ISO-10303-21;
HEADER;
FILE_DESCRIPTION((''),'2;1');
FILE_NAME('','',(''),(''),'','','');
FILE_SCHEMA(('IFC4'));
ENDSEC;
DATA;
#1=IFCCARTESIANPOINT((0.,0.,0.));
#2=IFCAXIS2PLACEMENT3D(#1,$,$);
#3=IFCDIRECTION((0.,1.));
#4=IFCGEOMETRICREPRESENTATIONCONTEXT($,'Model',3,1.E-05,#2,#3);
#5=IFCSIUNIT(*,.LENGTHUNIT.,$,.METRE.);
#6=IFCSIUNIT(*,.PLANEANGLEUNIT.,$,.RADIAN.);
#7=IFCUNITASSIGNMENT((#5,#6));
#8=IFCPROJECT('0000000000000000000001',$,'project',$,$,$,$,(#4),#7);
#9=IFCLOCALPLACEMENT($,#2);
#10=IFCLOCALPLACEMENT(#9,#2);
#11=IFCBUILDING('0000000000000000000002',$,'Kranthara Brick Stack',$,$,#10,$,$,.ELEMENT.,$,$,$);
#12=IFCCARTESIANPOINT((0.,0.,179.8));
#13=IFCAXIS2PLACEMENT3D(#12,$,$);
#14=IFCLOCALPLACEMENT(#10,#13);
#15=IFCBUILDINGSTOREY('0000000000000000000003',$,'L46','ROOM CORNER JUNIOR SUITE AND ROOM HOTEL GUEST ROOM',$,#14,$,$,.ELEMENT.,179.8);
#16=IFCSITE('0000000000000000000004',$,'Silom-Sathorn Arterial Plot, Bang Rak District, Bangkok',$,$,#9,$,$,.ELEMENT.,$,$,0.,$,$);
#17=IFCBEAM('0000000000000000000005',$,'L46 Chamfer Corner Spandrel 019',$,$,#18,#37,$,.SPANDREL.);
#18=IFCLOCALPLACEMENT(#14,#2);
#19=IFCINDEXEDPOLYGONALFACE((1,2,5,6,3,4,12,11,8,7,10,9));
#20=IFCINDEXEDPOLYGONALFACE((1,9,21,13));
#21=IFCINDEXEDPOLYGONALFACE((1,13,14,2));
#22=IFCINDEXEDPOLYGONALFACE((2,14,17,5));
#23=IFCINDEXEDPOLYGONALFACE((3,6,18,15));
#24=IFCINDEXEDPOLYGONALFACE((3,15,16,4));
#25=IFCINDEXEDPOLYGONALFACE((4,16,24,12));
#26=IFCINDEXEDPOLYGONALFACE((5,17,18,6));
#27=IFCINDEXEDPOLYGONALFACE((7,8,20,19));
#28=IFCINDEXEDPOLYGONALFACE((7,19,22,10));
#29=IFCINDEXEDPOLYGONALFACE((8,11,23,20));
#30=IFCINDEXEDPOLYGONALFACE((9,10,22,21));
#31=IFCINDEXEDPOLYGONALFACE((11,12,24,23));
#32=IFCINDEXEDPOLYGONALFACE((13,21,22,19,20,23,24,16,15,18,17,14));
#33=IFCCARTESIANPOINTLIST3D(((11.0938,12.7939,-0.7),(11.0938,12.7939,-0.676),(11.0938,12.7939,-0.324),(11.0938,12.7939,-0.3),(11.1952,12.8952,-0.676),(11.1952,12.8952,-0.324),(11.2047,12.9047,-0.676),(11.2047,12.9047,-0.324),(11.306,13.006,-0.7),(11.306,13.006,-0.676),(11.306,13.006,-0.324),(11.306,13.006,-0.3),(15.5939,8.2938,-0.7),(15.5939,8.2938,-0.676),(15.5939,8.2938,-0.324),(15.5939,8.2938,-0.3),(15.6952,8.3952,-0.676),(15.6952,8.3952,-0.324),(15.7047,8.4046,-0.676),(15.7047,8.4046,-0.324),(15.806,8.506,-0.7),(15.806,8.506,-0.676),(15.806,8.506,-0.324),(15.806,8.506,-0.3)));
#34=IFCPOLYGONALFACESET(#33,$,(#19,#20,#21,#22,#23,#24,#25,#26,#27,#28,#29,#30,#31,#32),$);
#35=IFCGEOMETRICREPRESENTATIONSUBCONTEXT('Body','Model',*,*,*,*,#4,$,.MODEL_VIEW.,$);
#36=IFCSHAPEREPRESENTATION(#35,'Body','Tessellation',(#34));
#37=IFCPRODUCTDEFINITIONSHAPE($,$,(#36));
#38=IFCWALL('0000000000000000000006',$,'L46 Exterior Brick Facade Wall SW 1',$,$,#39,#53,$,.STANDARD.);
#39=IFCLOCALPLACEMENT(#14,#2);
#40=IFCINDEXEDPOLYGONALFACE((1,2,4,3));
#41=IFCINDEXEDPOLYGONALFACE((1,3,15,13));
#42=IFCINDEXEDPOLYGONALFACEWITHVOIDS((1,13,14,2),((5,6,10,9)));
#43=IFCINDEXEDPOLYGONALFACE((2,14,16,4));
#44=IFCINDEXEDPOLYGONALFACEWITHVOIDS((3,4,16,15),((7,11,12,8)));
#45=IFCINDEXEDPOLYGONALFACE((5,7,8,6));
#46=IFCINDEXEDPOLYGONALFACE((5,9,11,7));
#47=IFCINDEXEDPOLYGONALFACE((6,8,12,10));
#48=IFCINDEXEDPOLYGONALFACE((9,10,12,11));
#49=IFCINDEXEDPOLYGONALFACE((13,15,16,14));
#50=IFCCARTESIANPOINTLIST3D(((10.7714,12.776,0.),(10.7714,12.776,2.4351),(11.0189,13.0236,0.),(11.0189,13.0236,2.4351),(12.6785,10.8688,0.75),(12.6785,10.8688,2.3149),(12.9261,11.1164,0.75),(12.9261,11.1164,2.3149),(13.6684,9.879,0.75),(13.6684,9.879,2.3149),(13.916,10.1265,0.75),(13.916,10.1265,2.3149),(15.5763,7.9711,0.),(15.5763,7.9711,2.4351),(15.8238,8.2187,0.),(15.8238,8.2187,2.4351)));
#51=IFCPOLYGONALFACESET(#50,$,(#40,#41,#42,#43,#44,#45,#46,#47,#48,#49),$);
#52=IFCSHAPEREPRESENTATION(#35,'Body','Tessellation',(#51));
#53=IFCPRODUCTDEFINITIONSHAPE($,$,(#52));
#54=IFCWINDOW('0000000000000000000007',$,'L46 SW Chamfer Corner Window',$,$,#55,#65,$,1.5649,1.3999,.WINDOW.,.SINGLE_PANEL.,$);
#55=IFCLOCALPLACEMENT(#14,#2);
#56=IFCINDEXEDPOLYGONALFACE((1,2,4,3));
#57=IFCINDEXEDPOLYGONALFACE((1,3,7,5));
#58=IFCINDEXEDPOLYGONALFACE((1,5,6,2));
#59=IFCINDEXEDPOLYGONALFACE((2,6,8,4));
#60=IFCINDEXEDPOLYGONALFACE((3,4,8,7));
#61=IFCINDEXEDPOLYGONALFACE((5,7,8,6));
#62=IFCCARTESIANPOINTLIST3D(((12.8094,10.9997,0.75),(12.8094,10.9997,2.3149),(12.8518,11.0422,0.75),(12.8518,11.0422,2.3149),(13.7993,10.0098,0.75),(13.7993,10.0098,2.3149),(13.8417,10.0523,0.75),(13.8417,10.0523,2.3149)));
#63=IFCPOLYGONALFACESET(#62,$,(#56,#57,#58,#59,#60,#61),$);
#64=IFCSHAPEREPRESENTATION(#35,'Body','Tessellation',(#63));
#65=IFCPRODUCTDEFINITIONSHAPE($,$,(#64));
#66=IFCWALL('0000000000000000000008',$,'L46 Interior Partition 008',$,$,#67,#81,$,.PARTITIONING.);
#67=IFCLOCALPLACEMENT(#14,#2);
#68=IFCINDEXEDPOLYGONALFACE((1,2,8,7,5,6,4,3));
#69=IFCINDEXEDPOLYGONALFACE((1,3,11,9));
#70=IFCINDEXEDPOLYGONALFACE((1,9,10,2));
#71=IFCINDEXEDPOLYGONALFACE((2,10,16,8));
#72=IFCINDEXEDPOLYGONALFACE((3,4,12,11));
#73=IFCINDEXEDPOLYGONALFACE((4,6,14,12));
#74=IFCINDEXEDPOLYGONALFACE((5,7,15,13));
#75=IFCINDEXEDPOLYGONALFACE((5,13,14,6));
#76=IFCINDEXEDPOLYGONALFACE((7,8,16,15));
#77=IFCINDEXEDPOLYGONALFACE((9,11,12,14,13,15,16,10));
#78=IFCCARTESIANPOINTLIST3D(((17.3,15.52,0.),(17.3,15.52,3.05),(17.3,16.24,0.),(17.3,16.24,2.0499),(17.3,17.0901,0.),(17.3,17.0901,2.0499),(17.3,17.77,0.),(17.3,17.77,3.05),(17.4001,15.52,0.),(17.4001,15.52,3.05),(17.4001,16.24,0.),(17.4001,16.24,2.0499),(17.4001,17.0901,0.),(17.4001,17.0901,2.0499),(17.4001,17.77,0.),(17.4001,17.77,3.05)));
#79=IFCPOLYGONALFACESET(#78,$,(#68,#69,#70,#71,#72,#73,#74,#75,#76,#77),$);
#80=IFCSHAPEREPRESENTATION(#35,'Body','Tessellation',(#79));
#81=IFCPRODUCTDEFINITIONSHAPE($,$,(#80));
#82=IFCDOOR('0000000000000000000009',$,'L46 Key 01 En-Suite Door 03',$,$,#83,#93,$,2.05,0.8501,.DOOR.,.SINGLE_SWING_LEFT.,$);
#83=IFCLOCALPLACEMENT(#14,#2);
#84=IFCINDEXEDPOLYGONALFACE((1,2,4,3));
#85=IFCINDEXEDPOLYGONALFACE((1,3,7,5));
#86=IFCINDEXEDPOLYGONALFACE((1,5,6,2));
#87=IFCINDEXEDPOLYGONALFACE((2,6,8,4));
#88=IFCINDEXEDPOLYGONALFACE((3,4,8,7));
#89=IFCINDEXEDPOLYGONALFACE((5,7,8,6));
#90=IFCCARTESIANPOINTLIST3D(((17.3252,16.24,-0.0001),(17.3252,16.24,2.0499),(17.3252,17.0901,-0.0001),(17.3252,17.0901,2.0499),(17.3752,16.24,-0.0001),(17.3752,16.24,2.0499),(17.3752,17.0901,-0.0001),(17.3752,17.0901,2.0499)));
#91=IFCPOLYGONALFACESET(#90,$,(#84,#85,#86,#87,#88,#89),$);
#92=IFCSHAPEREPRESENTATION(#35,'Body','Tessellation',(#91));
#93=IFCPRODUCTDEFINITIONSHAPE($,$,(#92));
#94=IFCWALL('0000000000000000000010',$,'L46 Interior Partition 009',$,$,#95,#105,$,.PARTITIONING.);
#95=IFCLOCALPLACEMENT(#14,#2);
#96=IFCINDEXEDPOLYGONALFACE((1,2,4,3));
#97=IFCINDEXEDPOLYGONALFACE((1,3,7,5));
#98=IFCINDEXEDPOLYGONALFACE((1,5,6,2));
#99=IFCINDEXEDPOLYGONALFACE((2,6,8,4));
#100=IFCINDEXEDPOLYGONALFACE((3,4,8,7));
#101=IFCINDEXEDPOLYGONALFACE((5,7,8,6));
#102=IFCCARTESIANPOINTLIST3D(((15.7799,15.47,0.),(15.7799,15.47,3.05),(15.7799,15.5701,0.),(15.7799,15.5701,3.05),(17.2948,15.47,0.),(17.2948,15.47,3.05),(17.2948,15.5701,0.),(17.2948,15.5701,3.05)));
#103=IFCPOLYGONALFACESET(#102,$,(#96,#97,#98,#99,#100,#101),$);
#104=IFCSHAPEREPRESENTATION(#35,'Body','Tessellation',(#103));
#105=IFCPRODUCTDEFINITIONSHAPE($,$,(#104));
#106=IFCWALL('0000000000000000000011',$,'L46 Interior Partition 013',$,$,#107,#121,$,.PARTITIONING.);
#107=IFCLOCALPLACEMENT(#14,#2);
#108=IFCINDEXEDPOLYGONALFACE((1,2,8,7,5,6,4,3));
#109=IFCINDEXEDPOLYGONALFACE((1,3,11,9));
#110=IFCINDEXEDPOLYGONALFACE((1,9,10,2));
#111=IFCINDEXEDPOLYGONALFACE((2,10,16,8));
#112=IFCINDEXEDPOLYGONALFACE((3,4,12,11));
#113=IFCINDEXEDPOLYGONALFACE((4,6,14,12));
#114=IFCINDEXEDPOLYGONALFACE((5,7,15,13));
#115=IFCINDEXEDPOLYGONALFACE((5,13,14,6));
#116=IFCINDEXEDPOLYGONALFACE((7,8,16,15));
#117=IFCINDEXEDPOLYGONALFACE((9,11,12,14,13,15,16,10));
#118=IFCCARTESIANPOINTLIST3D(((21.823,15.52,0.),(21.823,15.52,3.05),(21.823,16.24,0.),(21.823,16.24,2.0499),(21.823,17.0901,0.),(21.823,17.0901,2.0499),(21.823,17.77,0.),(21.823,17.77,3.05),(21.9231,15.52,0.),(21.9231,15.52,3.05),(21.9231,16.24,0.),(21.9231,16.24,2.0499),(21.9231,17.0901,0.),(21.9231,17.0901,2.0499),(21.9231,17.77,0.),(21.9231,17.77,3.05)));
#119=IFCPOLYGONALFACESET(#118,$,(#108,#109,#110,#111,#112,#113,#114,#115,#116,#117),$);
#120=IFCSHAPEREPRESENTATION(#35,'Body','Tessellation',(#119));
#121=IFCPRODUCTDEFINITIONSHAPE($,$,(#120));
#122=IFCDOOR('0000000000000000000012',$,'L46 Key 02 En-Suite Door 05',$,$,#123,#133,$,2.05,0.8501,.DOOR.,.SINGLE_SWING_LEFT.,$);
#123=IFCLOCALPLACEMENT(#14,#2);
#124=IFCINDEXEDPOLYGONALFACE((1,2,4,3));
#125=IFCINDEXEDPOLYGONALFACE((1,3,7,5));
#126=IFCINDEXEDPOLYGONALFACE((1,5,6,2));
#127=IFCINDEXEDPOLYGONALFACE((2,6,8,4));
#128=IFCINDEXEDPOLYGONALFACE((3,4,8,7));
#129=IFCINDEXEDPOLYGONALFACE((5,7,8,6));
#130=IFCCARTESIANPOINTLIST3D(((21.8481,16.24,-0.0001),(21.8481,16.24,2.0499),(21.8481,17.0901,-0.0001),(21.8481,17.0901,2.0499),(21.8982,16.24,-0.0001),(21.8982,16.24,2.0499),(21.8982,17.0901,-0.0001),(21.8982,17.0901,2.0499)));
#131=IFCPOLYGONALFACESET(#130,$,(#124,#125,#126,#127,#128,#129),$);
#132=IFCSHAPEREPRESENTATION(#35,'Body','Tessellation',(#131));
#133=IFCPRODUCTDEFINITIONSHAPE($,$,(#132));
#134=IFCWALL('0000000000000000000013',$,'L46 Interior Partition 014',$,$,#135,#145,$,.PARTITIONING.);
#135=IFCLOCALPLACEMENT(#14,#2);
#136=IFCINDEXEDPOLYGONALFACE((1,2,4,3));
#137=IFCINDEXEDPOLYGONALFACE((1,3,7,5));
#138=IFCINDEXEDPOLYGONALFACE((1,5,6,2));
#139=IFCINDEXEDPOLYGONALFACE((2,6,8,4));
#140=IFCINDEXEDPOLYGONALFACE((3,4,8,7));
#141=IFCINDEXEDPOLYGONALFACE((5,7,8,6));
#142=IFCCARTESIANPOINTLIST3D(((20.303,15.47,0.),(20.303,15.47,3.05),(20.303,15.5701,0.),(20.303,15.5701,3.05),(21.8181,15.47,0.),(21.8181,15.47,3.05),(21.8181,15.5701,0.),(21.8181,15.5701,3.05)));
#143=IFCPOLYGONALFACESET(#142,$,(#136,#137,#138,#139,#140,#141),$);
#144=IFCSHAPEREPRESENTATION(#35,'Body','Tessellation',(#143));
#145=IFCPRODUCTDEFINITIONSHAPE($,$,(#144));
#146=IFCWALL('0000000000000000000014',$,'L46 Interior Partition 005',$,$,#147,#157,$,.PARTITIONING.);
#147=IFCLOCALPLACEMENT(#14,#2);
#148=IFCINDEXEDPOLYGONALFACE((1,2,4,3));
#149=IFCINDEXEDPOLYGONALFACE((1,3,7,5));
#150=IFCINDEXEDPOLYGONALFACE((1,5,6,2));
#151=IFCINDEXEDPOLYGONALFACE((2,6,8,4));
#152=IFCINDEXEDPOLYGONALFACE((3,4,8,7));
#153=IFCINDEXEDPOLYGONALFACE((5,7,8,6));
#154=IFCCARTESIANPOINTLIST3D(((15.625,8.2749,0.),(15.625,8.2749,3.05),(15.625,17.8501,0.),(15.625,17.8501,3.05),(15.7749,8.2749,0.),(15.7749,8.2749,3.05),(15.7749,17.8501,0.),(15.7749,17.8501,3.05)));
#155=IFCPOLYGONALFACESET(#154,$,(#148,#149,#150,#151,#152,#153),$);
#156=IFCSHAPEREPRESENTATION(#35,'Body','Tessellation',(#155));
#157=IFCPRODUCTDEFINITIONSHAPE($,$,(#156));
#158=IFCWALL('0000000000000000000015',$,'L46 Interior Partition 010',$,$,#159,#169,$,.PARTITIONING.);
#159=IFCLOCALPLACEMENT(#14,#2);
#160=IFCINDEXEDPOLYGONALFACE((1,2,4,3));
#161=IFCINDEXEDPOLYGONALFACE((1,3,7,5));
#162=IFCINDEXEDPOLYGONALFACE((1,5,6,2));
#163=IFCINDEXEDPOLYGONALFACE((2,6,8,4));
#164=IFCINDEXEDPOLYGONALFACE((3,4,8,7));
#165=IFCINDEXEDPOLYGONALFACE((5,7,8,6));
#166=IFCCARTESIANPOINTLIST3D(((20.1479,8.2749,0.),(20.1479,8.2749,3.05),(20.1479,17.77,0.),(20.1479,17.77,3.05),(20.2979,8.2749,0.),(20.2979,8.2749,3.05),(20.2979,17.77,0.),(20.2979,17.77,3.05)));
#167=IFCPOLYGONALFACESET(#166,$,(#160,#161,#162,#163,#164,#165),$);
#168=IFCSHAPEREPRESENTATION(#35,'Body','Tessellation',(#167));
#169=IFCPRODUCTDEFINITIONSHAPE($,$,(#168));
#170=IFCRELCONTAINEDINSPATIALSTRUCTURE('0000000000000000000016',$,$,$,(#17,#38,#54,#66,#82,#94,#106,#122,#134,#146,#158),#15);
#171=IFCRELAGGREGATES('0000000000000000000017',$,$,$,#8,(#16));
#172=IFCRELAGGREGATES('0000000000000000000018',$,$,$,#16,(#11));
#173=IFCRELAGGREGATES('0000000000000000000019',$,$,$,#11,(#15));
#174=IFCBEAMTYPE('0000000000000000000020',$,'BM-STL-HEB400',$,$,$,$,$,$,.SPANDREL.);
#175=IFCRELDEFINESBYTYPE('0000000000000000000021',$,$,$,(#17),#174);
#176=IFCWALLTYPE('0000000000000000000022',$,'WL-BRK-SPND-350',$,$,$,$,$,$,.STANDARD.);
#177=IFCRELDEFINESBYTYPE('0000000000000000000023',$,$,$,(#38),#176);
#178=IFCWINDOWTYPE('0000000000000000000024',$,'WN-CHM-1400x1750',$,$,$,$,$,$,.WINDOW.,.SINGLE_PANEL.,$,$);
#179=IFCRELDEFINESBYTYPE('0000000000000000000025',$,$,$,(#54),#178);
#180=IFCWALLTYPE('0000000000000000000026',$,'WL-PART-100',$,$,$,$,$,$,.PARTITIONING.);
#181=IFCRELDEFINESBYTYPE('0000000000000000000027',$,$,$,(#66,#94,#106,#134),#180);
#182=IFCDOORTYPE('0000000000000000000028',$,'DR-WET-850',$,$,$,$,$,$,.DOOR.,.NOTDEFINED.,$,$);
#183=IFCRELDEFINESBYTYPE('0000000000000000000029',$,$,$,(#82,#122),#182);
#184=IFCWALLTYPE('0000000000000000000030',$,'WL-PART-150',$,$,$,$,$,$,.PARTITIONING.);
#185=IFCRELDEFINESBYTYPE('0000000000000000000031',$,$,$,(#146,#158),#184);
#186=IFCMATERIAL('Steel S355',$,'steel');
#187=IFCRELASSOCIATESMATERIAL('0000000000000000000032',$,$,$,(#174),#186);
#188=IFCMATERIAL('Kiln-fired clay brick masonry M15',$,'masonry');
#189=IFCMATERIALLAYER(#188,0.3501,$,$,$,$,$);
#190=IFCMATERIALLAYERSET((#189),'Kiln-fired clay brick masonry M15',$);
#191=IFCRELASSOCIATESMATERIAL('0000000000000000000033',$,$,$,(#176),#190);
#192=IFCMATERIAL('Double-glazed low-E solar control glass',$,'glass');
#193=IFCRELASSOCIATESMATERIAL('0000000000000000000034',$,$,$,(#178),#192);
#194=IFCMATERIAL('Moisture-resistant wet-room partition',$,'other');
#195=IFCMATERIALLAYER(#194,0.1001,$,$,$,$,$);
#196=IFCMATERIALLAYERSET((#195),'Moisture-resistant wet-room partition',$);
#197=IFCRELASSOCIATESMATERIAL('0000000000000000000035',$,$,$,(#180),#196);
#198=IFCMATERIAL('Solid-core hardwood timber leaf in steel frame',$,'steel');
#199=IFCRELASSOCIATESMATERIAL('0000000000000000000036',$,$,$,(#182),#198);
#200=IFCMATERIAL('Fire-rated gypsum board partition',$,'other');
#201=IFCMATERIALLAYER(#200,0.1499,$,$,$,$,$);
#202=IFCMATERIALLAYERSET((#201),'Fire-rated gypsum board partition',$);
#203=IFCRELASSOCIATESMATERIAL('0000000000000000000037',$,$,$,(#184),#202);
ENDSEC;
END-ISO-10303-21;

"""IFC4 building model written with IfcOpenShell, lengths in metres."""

from ifc_helpers import new_model, si_unit, direction, frame, frame_2d, origin, origin_2d, place, context, subcontext, project, spatial, rectangle, i_section, extrude, material, layer, layer_set, material_profile, profile_set, type_object, element, fill, save


model = new_model("IFC4")

# Units and contexts
model_context = context("Model", 3, precision=1e-05, world=origin(), true_north=direction((0.0, 1.0)))
body_context = subcontext(model_context, "Body", "Model", "MODEL_VIEW")
ifc_project = project(units=[si_unit("LENGTHUNIT", "METRE"), si_unit("PLANEANGLEUNIT", "RADIAN")], contexts=[model_context])

# Site, building, storey
site_placement = place(None, origin())
site = spatial("IfcSite", under=ifc_project, at=site_placement, Name="Silom-Sathorn Arterial Plot, Bang Rak District, Bangkok", CompositionType="ELEMENT", RefElevation=0.0)
building_placement = place(site_placement, origin())
building = spatial("IfcBuilding", under=site, at=building_placement, Name="Kranthara Brick Stack", CompositionType="ELEMENT")
storey_placement = place(building_placement, frame((0.0, 0.0, 179.8)))
storey = spatial("IfcBuildingStorey", under=building, at=storey_placement, Name="L46", Description="ROOM CORNER JUNIOR SUITE AND ROOM HOTEL GUEST ROOM", CompositionType="ELEMENT", Elevation=179.8)

# Beam
ifc_material_1 = material(Name="Steel S355", Category="steel")
ifc_material_profile_1 = material_profile(ifc_material_1, i_section(OverallWidth=0.3, OverallDepth=0.3999, WebThickness=0.0134, FlangeThickness=0.0239, at=origin_2d()), Name="HEB 400")
ifc_profile_set_1 = profile_set([ifc_material_profile_1], Name="Steel S355")
beam_type_1 = type_object("IfcBeamType", Name="BM-STL-HEB400", PredefinedType="SPANDREL", material=ifc_profile_set_1)
beam_1_placement = place(storey_placement, frame((15.7, 8.3999, -0.5), z_axis=(-0.707107, 0.707107, 0.0), x_axis=(-0.707107, -0.707107, 0.0)))
element("IfcBeam", 1, at=beam_1_placement, inside=storey, type_object=beam_type_1, Name="L46 Chamfer Corner Spandrel 019", PredefinedType="SPANDREL", context=body_context, shape_type="SweptSolid", body=[
    extrude(i_section(OverallWidth=0.3, OverallDepth=0.3999, WebThickness=0.0134, FlangeThickness=0.0239, at=origin_2d()), origin(), (0.0, 0.0, 1.0), 6.364),
])

# Wall, opening, window
ifc_material_2 = material(Name="Kiln-fired clay brick masonry M15", Category="masonry")
ifc_layer_1 = layer(ifc_material_2, 0.3501)
ifc_layer_set_1 = layer_set([ifc_layer_1], Name="Kiln-fired clay brick masonry M15")
wall_type_1 = type_object("IfcWallType", Name="WL-BRK-SPND-350", PredefinedType="STANDARD", material=ifc_layer_set_1)
wall_1_placement = place(storey_placement, frame((15.7, 8.095, 0.0), z_axis=(0.0, 0.0, 1.0), x_axis=(-0.707107, 0.707107, 0.0)))
wall_1 = element("IfcWall", 2, at=wall_1_placement, inside=storey, type_object=wall_type_1, Name="L46 Exterior Brick Facade Wall SW 1", PredefinedType="STANDARD", context=body_context, shape_type="SweptSolid", body=[
    extrude(rectangle(XDim=6.7952, YDim=0.3501, at=frame_2d((3.3975, 0.0))), origin(), (0.0, 0.0, 1.0), 2.4351),
])
opening_1_placement = place(wall_1_placement, frame((2.698, 0.0, 0.75)))
opening_1 = element("IfcOpeningElement", 3, at=opening_1_placement, cuts=wall_1, PredefinedType="OPENING", context=body_context, shape_type="SweptSolid", body=[
    extrude(rectangle(XDim=1.3999, YDim=1.5649, at=frame_2d((0.7, 0.7825))), frame((0.0, 0.1851, 0.0), z_axis=(0.0, -1.0, 0.0), x_axis=(1.0, 0.0, 0.0)), (0.0, 0.0, 1.0), 0.3701),
])
ifc_material_3 = material(Name="Double-glazed low-E solar control glass", Category="glass")
window_type = type_object("IfcWindowType", Name="WN-CHM-1400x1750", PartitioningType="SINGLE_PANEL", PredefinedType="WINDOW", material=ifc_material_3)
window_placement = place(opening_1_placement, origin())
window = element("IfcWindow", 4, at=window_placement, inside=storey, type_object=window_type, Name="L46 SW Chamfer Corner Window", OverallHeight=1.5649, OverallWidth=1.3999, PartitioningType="SINGLE_PANEL", PredefinedType="WINDOW", context=body_context, shape_type="SweptSolid", body=[
    extrude(rectangle(XDim=1.3999, YDim=1.5649, at=frame_2d((0.7, 0.7825))), frame((0.0, -0.01, 0.0), z_axis=(0.0, -1.0, 0.0), x_axis=(1.0, 0.0, 0.0)), (0.0, 0.0, 1.0), 0.0601),
])
fill(opening_1, window)

# Wall, opening, door
ifc_material_4 = material(Name="Moisture-resistant wet-room partition", Category="other")
ifc_layer_2 = layer(ifc_material_4, 0.1001)
ifc_layer_set_2 = layer_set([ifc_layer_2], Name="Moisture-resistant wet-room partition")
wall_type_2 = type_object("IfcWallType", Name="WL-PART-100", PredefinedType="PARTITIONING", material=ifc_layer_set_2)
wall_2_placement = place(storey_placement, frame((17.3501, 15.52, 0.0), z_axis=(0.0, 0.0, 1.0), x_axis=(0.0, 1.0, 0.0)))
wall_2 = element("IfcWall", 5, at=wall_2_placement, inside=storey, type_object=wall_type_2, Name="L46 Interior Partition 008", PredefinedType="PARTITIONING", context=body_context, shape_type="SweptSolid", body=[
    extrude(rectangle(XDim=2.25, YDim=0.1001, at=frame_2d((1.125, 0.0))), origin(), (0.0, 0.0, 1.0), 3.05),
])
opening_2_placement = place(wall_2_placement, frame((0.72, 0.0, 0.0)))
opening_2 = element("IfcOpeningElement", 6, at=opening_2_placement, cuts=wall_2, PredefinedType="OPENING", context=body_context, shape_type="SweptSolid", body=[
    extrude(rectangle(XDim=0.8501, YDim=2.05, at=frame_2d((0.425, 1.0249))), frame((0.0, 0.0601, 0.0), z_axis=(0.0, -1.0, 0.0), x_axis=(1.0, 0.0, 0.0)), (0.0, 0.0, 1.0), 0.1201),
])
ifc_material_5 = material(Name="Solid-core hardwood timber leaf in steel frame", Category="steel")
door_type = type_object("IfcDoorType", Name="DR-WET-850", OperationType="NOTDEFINED", PredefinedType="DOOR", material=ifc_material_5)
door_1_placement = place(opening_2_placement, origin())
door_1 = element("IfcDoor", 7, at=door_1_placement, inside=storey, type_object=door_type, Name="L46 Key 01 En-Suite Door 03", OperationType="SINGLE_SWING_LEFT", OverallHeight=2.05, OverallWidth=0.8501, PredefinedType="DOOR", context=body_context, shape_type="SweptSolid", body=[
    extrude(rectangle(XDim=0.8501, YDim=2.05, at=frame_2d((0.425, 1.0249))), frame((0.0, 0.0249, 0.0), z_axis=(0.0, -1.0, 0.0), x_axis=(1.0, 0.0, 0.0)), (0.0, 0.0, 1.0), 0.05),
])
fill(opening_2, door_1)

# Wall
wall_3_placement = place(storey_placement, frame((15.78, 15.52, 0.0), z_axis=(0.0, 0.0, 1.0), x_axis=(1.0, 0.0, 0.0)))
element("IfcWall", 8, at=wall_3_placement, inside=storey, type_object=wall_type_2, Name="L46 Interior Partition 009", PredefinedType="PARTITIONING", context=body_context, shape_type="SweptSolid", body=[
    extrude(rectangle(XDim=1.5149, YDim=0.1001, at=frame_2d((0.7573, 0.0))), origin(), (0.0, 0.0, 1.0), 3.05),
])

# Wall, opening, door
wall_4_placement = place(storey_placement, frame((21.873, 15.52, 0.0), z_axis=(0.0, 0.0, 1.0), x_axis=(0.0, 1.0, 0.0)))
wall_4 = element("IfcWall", 9, at=wall_4_placement, inside=storey, type_object=wall_type_2, Name="L46 Interior Partition 013", PredefinedType="PARTITIONING", context=body_context, shape_type="SweptSolid", body=[
    extrude(rectangle(XDim=2.25, YDim=0.1001, at=frame_2d((1.125, 0.0))), origin(), (0.0, 0.0, 1.0), 3.05),
])
opening_3_placement = place(wall_4_placement, frame((0.72, 0.0, 0.0)))
opening_3 = element("IfcOpeningElement", 10, at=opening_3_placement, cuts=wall_4, PredefinedType="OPENING", context=body_context, shape_type="SweptSolid", body=[
    extrude(rectangle(XDim=0.8501, YDim=2.05, at=frame_2d((0.425, 1.0249))), frame((0.0, 0.0601, 0.0), z_axis=(0.0, -1.0, 0.0), x_axis=(1.0, 0.0, 0.0)), (0.0, 0.0, 1.0), 0.1201),
])
door_2_placement = place(opening_3_placement, origin())
door_2 = element("IfcDoor", 11, at=door_2_placement, inside=storey, type_object=door_type, Name="L46 Key 02 En-Suite Door 05", OperationType="SINGLE_SWING_LEFT", OverallHeight=2.05, OverallWidth=0.8501, PredefinedType="DOOR", context=body_context, shape_type="SweptSolid", body=[
    extrude(rectangle(XDim=0.8501, YDim=2.05, at=frame_2d((0.425, 1.0249))), frame((0.0, 0.0249, 0.0), z_axis=(0.0, -1.0, 0.0), x_axis=(1.0, 0.0, 0.0)), (0.0, 0.0, 1.0), 0.05),
])
fill(opening_3, door_2)

# Walls
wall_5_placement = place(storey_placement, frame((20.303, 15.52, 0.0), z_axis=(0.0, 0.0, 1.0), x_axis=(1.0, 0.0, 0.0)))
element("IfcWall", 12, at=wall_5_placement, inside=storey, type_object=wall_type_2, Name="L46 Interior Partition 014", PredefinedType="PARTITIONING", context=body_context, shape_type="SweptSolid", body=[
    extrude(rectangle(XDim=1.5151, YDim=0.1001, at=frame_2d((0.7576, 0.0))), origin(), (0.0, 0.0, 1.0), 3.05),
])
ifc_material_6 = material(Name="Fire-rated gypsum board partition", Category="other")
ifc_layer_3 = layer(ifc_material_6, 0.1499)
ifc_layer_set_3 = layer_set([ifc_layer_3], Name="Fire-rated gypsum board partition")
wall_type_3 = type_object("IfcWallType", Name="WL-PART-150", PredefinedType="PARTITIONING", material=ifc_layer_set_3)
wall_6_placement = place(storey_placement, frame((15.7, 8.2749, 0.0), z_axis=(0.0, 0.0, 1.0), x_axis=(0.0, 1.0, 0.0)))
element("IfcWall", 13, at=wall_6_placement, inside=storey, type_object=wall_type_3, Name="L46 Interior Partition 005", PredefinedType="PARTITIONING", context=body_context, shape_type="SweptSolid", body=[
    extrude(rectangle(XDim=9.5752, YDim=0.1499, at=frame_2d((4.7876, 0.0))), origin(), (0.0, 0.0, 1.0), 3.05),
])
wall_7_placement = place(storey_placement, frame((20.2229, 8.2749, 0.0), z_axis=(0.0, 0.0, 1.0), x_axis=(0.0, 1.0, 0.0)))
element("IfcWall", 14, at=wall_7_placement, inside=storey, type_object=wall_type_3, Name="L46 Interior Partition 010", PredefinedType="PARTITIONING", context=body_context, shape_type="SweptSolid", body=[
    extrude(rectangle(XDim=9.4951, YDim=0.1499, at=frame_2d((4.7476, 0.0))), origin(), (0.0, 0.0, 1.0), 3.05),
])

save(model, "model.ifc")
